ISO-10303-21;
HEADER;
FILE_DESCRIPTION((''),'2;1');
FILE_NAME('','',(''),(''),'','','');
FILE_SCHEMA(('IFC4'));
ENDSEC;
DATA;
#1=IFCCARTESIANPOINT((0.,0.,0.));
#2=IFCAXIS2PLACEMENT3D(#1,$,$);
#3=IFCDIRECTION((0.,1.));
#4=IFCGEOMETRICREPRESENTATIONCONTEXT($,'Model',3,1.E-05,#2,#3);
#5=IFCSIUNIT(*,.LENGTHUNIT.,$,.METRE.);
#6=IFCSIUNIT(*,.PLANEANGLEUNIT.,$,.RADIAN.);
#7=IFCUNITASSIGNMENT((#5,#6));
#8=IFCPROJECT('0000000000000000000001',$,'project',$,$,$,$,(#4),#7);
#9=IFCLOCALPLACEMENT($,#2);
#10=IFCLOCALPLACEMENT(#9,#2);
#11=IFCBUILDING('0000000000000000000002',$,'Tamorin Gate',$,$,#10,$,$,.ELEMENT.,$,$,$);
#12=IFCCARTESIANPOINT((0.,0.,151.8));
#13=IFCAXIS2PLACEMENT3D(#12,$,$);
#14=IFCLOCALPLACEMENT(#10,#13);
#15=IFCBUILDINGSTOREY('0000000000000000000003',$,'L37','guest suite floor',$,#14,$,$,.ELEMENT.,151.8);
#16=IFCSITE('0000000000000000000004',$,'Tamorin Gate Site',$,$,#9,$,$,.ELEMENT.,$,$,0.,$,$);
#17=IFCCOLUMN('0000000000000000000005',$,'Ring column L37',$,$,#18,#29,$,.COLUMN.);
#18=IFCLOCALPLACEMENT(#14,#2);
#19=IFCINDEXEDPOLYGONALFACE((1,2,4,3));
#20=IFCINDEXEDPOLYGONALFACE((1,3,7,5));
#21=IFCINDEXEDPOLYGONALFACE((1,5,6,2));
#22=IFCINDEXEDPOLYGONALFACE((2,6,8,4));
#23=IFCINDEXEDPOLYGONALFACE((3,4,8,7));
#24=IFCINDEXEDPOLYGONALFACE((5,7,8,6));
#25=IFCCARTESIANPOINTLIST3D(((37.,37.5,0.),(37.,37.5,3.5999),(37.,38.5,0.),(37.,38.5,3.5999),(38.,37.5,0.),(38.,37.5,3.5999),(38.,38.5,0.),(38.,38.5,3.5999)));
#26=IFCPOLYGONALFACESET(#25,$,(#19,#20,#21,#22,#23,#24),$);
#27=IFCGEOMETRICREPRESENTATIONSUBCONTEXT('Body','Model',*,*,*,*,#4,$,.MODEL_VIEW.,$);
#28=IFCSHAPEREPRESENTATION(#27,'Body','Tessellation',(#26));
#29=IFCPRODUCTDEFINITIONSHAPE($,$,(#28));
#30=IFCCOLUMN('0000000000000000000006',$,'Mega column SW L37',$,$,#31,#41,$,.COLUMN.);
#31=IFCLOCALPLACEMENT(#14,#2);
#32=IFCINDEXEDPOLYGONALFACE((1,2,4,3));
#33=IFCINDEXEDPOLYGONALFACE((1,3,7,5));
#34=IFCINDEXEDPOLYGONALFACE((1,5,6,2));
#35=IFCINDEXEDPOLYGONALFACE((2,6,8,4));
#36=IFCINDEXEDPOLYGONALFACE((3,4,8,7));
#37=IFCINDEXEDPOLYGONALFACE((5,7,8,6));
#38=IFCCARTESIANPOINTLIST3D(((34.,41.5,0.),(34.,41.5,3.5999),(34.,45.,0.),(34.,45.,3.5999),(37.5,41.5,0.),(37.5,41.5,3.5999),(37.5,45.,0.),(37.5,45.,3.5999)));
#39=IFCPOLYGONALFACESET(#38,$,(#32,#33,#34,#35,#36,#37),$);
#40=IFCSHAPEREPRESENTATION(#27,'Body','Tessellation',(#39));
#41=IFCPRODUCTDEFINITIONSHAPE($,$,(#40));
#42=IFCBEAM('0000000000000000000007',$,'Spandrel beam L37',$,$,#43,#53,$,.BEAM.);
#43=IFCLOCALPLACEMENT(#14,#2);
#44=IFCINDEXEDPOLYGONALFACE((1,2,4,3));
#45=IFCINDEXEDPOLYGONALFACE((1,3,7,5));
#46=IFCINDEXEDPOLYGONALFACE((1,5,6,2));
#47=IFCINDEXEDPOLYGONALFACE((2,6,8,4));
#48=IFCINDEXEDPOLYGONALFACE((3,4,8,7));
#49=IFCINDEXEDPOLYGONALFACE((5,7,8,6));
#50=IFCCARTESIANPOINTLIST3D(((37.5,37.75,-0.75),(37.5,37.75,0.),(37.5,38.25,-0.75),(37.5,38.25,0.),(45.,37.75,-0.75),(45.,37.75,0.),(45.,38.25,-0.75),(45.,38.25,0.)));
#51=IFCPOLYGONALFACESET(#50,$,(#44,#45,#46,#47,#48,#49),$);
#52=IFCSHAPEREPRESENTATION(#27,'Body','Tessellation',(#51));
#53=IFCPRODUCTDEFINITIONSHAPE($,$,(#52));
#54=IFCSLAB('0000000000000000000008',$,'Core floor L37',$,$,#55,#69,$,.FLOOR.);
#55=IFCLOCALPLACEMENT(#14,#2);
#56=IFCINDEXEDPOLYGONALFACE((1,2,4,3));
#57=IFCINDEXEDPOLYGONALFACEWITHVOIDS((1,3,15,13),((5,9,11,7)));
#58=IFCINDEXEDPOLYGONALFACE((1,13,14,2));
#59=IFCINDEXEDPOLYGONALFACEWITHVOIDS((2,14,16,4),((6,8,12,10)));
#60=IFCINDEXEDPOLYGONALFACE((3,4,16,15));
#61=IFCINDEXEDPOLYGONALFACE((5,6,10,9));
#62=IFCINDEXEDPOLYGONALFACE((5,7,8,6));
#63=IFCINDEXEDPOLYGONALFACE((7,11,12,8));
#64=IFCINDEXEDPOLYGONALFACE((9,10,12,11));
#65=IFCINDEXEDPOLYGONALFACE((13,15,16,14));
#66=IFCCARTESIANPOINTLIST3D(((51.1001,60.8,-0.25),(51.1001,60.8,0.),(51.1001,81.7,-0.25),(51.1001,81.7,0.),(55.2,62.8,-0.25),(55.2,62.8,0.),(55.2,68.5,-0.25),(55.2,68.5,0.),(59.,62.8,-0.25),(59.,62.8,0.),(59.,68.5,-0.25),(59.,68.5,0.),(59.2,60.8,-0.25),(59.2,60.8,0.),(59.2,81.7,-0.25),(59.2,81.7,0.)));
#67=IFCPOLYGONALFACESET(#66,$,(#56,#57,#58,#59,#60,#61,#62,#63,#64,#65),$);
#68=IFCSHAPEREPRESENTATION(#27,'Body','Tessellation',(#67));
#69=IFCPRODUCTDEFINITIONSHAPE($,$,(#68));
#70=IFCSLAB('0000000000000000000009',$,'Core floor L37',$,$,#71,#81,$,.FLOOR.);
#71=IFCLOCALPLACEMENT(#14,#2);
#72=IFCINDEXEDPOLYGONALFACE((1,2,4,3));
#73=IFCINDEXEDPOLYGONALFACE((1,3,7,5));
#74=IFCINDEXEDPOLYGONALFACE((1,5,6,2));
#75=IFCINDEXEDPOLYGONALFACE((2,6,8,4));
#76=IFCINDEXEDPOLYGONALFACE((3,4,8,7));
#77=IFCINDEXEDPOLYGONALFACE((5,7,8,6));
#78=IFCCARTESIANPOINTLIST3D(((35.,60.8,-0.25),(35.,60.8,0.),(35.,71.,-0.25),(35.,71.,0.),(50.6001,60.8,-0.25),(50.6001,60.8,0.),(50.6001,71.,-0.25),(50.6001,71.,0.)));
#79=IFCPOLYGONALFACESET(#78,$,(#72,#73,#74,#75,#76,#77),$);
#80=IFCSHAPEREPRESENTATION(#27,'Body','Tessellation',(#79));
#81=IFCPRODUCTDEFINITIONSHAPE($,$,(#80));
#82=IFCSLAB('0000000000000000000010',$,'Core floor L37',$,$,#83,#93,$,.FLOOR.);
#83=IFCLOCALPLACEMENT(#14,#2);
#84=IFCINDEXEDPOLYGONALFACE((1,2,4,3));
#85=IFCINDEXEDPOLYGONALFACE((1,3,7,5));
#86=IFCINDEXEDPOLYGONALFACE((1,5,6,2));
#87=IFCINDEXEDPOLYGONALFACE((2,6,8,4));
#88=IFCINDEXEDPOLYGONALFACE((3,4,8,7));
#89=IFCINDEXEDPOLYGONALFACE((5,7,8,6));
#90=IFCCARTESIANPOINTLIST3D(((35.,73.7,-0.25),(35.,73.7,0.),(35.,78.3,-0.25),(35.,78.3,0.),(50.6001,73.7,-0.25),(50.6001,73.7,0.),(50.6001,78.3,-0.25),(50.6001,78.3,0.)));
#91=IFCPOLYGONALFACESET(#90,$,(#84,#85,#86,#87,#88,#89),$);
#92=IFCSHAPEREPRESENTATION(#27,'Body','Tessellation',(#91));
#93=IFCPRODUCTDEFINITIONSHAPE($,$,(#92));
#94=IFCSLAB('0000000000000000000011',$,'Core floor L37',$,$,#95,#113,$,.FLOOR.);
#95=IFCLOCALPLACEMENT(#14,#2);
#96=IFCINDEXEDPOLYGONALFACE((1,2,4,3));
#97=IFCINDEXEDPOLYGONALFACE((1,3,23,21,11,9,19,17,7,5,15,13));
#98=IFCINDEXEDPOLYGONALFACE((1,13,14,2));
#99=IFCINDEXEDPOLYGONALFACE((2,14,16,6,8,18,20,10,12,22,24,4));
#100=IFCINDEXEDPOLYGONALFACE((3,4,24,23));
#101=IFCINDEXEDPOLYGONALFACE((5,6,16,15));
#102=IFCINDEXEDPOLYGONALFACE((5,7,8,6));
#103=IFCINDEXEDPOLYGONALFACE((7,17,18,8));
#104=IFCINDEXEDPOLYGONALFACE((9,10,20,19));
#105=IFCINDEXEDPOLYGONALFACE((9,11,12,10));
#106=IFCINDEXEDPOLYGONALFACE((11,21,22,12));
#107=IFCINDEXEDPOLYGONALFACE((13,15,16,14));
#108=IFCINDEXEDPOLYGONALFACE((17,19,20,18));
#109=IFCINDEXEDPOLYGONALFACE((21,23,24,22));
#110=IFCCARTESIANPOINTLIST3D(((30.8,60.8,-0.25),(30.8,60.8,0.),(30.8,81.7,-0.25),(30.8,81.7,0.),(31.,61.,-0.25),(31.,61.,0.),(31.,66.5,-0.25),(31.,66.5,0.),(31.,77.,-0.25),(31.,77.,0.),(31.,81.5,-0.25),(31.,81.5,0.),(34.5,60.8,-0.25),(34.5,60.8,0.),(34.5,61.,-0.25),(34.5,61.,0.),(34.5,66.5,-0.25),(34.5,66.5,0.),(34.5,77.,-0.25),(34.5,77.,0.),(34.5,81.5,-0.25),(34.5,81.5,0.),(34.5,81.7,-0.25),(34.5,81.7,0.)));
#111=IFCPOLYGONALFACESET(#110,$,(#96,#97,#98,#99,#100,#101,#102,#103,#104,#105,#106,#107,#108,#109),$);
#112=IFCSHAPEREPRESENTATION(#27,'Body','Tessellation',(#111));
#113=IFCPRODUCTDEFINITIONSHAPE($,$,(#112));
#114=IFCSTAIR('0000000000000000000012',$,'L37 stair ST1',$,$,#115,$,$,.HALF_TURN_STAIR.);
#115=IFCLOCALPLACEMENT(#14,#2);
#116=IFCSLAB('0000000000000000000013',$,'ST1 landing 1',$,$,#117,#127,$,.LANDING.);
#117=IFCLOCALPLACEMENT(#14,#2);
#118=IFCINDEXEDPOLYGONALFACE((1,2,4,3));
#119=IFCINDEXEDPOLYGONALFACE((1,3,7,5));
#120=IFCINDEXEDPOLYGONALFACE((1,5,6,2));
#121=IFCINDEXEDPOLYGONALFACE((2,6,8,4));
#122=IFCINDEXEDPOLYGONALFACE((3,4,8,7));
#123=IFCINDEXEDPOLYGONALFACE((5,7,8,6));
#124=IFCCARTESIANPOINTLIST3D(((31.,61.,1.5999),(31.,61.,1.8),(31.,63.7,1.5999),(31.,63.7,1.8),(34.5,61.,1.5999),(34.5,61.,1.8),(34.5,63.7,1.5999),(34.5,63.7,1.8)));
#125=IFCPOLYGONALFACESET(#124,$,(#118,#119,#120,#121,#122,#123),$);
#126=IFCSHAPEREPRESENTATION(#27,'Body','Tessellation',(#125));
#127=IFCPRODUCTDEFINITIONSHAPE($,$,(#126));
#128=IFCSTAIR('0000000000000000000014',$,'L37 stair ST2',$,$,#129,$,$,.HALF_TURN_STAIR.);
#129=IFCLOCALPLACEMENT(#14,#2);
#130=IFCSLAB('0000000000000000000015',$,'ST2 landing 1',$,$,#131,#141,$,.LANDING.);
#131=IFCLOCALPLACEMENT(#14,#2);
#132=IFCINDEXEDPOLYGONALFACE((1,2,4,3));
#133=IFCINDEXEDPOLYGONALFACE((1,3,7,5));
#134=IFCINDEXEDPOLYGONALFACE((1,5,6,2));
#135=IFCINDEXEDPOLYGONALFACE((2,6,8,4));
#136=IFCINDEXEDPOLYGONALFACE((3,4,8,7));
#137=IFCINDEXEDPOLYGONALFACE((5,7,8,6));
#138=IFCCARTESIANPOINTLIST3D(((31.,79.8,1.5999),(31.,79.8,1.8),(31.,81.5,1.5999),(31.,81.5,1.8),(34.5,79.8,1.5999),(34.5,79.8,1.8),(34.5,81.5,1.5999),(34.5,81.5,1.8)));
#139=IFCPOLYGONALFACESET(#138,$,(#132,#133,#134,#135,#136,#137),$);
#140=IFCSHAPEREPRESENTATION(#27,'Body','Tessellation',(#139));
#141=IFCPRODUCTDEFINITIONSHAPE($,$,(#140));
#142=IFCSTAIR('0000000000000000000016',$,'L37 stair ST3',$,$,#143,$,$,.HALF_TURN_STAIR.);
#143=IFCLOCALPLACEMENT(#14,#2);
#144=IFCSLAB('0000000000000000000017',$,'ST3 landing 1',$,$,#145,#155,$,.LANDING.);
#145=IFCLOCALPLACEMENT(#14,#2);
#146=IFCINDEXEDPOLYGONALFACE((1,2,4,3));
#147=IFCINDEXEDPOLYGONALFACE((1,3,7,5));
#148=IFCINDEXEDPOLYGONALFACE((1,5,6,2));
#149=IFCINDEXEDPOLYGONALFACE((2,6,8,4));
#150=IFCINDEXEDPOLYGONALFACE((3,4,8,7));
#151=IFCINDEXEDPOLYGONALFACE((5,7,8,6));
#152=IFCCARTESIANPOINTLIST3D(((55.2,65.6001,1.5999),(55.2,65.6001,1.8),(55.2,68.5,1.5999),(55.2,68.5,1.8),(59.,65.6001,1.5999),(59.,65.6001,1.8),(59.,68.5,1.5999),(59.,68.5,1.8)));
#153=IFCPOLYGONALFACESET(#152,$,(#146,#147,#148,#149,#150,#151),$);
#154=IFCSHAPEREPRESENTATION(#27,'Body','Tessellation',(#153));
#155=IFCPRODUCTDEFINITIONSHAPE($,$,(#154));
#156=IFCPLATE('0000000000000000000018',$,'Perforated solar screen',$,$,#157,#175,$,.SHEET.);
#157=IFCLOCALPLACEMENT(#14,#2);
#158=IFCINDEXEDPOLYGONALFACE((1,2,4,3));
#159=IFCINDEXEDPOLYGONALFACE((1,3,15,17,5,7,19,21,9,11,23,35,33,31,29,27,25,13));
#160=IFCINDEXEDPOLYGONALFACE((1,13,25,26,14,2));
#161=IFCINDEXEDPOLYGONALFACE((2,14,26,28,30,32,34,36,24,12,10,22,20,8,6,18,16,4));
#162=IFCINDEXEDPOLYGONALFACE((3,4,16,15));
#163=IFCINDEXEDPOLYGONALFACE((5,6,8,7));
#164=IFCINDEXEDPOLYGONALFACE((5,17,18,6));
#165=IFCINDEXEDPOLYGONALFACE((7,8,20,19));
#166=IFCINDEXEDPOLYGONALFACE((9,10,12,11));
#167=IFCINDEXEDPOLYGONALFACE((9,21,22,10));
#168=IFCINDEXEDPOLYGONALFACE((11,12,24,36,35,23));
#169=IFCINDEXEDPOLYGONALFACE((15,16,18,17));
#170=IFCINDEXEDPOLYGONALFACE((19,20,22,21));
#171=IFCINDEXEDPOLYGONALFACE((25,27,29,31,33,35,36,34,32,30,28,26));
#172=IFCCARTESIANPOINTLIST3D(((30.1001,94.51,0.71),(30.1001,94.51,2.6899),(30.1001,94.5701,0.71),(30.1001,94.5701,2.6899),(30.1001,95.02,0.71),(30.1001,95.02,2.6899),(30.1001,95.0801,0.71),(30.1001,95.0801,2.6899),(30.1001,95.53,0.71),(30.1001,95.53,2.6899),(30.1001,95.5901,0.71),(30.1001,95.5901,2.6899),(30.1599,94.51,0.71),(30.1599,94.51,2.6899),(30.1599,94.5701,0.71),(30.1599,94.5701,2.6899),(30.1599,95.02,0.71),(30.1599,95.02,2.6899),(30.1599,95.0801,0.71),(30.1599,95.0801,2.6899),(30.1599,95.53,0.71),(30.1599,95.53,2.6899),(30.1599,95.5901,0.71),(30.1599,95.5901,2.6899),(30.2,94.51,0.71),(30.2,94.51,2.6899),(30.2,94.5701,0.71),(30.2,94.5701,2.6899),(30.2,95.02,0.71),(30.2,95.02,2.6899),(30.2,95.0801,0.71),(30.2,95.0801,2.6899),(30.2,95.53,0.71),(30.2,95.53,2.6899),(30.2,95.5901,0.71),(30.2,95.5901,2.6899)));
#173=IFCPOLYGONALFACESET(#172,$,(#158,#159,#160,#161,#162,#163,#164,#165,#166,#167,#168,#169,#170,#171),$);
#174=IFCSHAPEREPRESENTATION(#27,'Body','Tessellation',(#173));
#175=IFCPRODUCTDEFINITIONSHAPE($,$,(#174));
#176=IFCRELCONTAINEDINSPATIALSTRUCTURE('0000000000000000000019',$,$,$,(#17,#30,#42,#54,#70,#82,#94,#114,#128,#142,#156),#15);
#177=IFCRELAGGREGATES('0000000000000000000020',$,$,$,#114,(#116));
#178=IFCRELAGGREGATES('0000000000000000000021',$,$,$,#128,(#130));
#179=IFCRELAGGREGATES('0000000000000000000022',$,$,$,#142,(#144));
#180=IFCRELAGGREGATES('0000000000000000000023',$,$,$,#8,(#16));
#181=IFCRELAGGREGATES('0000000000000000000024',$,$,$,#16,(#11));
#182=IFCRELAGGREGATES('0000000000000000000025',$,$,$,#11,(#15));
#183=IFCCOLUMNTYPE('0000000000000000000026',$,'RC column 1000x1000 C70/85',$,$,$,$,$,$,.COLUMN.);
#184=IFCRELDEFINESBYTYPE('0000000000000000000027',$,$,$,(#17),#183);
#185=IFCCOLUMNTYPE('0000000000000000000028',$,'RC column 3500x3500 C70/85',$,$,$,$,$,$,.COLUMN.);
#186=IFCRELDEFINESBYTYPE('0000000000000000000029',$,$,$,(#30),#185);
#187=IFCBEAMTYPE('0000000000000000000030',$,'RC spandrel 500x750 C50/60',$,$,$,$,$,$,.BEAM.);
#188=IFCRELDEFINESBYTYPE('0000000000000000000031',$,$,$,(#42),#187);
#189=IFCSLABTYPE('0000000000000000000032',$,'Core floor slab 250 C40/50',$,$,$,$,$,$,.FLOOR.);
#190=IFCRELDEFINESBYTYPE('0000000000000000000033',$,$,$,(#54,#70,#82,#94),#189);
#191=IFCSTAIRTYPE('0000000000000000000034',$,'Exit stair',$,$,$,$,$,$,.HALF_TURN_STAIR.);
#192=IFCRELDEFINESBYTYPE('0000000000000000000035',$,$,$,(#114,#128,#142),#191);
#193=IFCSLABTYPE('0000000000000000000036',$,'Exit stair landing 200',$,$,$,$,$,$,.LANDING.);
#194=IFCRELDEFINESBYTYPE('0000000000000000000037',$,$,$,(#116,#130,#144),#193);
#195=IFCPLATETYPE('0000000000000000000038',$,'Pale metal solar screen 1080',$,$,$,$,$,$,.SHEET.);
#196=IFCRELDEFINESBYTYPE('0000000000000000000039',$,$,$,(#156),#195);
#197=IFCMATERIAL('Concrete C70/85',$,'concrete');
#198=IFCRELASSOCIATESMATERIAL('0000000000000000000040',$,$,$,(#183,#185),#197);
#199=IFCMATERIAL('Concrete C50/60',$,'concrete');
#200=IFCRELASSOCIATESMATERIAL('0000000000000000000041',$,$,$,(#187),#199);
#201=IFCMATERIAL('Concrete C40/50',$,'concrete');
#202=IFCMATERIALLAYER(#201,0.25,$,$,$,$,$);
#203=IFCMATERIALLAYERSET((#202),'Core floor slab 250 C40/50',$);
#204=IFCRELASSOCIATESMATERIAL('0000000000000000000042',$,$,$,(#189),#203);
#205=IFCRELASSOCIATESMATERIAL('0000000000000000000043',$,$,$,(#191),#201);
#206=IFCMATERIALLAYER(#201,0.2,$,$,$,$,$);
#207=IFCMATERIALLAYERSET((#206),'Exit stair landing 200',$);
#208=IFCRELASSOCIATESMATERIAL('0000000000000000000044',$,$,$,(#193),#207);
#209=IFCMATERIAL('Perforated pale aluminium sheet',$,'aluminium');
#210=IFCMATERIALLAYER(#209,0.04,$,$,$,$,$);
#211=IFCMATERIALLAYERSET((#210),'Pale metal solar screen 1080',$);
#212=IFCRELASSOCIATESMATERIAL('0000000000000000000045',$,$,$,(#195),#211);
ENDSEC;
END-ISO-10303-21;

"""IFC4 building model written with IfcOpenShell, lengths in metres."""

from ifc_helpers import new_model, si_unit, direction, frame, origin, origin_2d, place, context, subcontext, project, spatial, polyline, rectangle, outline, extrude, material, layer, layer_set, material_profile, profile_set, type_object, element, aggregate, save


model = new_model("IFC4")

# Units and contexts
model_context = context("Model", 3, precision=1e-05, world=origin(), true_north=direction((0.0, 1.0)))
body_context = subcontext(model_context, "Body", "Model", "MODEL_VIEW")
ifc_project = project(units=[si_unit("LENGTHUNIT", "METRE"), si_unit("PLANEANGLEUNIT", "RADIAN")], contexts=[model_context])

# Site, building, storey
site_placement = place(None, origin())
site = spatial("IfcSite", under=ifc_project, at=site_placement, Name="Tamorin Gate Site", CompositionType="ELEMENT", RefElevation=0.0)
building_placement = place(site_placement, origin())
building = spatial("IfcBuilding", under=site, at=building_placement, Name="Tamorin Gate", CompositionType="ELEMENT")
storey_placement = place(building_placement, frame((0.0, 0.0, 151.8)))
storey = spatial("IfcBuildingStorey", under=building, at=storey_placement, Name="L37", Description="guest suite floor", CompositionType="ELEMENT", Elevation=151.8)

# Columns
ifc_material_1 = material(Name="Concrete C70/85", Category="concrete")
ifc_material_profile_1 = material_profile(ifc_material_1, rectangle(XDim=1.0, YDim=1.0, at=origin_2d()), Name="RC 1000x1000")
ifc_profile_set_1 = profile_set([ifc_material_profile_1], Name="Concrete C70/85")
column_type_1 = type_object("IfcColumnType", Name="RC column 1000x1000 C70/85", PredefinedType="COLUMN", material=ifc_profile_set_1)
column_1_placement = place(storey_placement, frame((37.5, 38.0, 0.0), z_axis=(0.0, 0.0, 1.0), x_axis=(1.0, 0.0, 0.0)))
element("IfcColumn", 1, at=column_1_placement, inside=storey, type_object=column_type_1, Name="Ring column L37", PredefinedType="COLUMN", context=body_context, shape_type="SweptSolid", body=[
    extrude(rectangle(XDim=1.0, YDim=1.0, at=origin_2d()), origin(), (0.0, 0.0, 1.0), 3.5999),
])
ifc_material_profile_2 = material_profile(ifc_material_1, rectangle(XDim=3.5, YDim=3.5, at=origin_2d()), Name="RC 3500x3500")
ifc_profile_set_2 = profile_set([ifc_material_profile_2], Name="Concrete C70/85")
column_type_2 = type_object("IfcColumnType", Name="RC column 3500x3500 C70/85", PredefinedType="COLUMN", material=ifc_profile_set_2)
column_2_placement = place(storey_placement, frame((35.75, 43.25, 0.0), z_axis=(0.0, 0.0, 1.0), x_axis=(1.0, 0.0, 0.0)))
element("IfcColumn", 2, at=column_2_placement, inside=storey, type_object=column_type_2, Name="Mega column SW L37", PredefinedType="COLUMN", context=body_context, shape_type="SweptSolid", body=[
    extrude(rectangle(XDim=3.5, YDim=3.5, at=origin_2d()), origin(), (0.0, 0.0, 1.0), 3.5999),
])

# Beam
ifc_material_2 = material(Name="Concrete C50/60", Category="concrete")
ifc_material_profile_3 = material_profile(ifc_material_2, rectangle(XDim=0.5, YDim=0.75, at=origin_2d()), Name="RC 500x750")
ifc_profile_set_3 = profile_set([ifc_material_profile_3], Name="Concrete C50/60")
beam_type = type_object("IfcBeamType", Name="RC spandrel 500x750 C50/60", PredefinedType="BEAM", material=ifc_profile_set_3)
beam_placement = place(storey_placement, frame((37.5, 38.0, -0.375), z_axis=(1.0, 0.0, 0.0), x_axis=(0.0, 1.0, 0.0)))
element("IfcBeam", 3, at=beam_placement, inside=storey, type_object=beam_type, Name="Spandrel beam L37", PredefinedType="BEAM", context=body_context, shape_type="SweptSolid", body=[
    extrude(rectangle(XDim=0.5, YDim=0.75, at=origin_2d()), origin(), (0.0, 0.0, 1.0), 7.5),
])

# Slabs
ifc_material_3 = material(Name="Concrete C40/50", Category="concrete")
ifc_layer_1 = layer(ifc_material_3, 0.25)
ifc_layer_set_1 = layer_set([ifc_layer_1], Name="Core floor slab 250 C40/50")
slab_type_1 = type_object("IfcSlabType", Name="Core floor slab 250 C40/50", PredefinedType="FLOOR", material=ifc_layer_set_1)
slab_1_placement = place(storey_placement, frame((0.0, 0.0, -0.25)))
element("IfcSlab", 4, at=slab_1_placement, inside=storey, type_object=slab_type_1, Name="Core floor L37", PredefinedType="FLOOR", context=body_context, shape_type="SweptSolid", body=[
    extrude(outline(polyline([(51.1001, 81.7), (59.2, 81.7), (59.2, 60.8), (51.1001, 60.8), (51.1001, 81.7)]), holes=[polyline([(55.2, 62.8), (59.0, 62.8), (59.0, 68.5), (55.2, 68.5), (55.2, 62.8)])]), origin(), (0.0, 0.0, 1.0), 0.25),
])
slab_2_placement = place(storey_placement, frame((0.0, 0.0, -0.25)))
element("IfcSlab", 5, at=slab_2_placement, inside=storey, type_object=slab_type_1, Name="Core floor L37", PredefinedType="FLOOR", context=body_context, shape_type="SweptSolid", body=[
    extrude(outline(polyline([(50.6001, 71.0), (50.6001, 60.8), (35.0, 60.8), (35.0, 71.0), (50.6001, 71.0)])), origin(), (0.0, 0.0, 1.0), 0.25),
])
slab_3_placement = place(storey_placement, frame((0.0, 0.0, -0.25)))
element("IfcSlab", 6, at=slab_3_placement, inside=storey, type_object=slab_type_1, Name="Core floor L37", PredefinedType="FLOOR", context=body_context, shape_type="SweptSolid", body=[
    extrude(outline(polyline([(50.6001, 73.7), (35.0, 73.7), (35.0, 78.3), (50.6001, 78.3), (50.6001, 73.7)])), origin(), (0.0, 0.0, 1.0), 0.25),
])
slab_4_placement = place(storey_placement, frame((0.0, 0.0, -0.25)))
element("IfcSlab", 7, at=slab_4_placement, inside=storey, type_object=slab_type_1, Name="Core floor L37", PredefinedType="FLOOR", context=body_context, shape_type="SweptSolid", body=[
    extrude(outline(polyline([(34.5, 60.8), (30.8, 60.8), (30.8, 81.7), (34.5, 81.7), (34.5, 81.5), (31.0, 81.5), (31.0, 77.0), (34.5, 77.0), (34.5, 66.5), (31.0, 66.5), (31.0, 61.0), (34.5, 61.0), (34.5, 60.8)])), origin(), (0.0, 0.0, 1.0), 0.25),
])

# Stairs, slabs
stair_type = type_object("IfcStairType", Name="Exit stair", PredefinedType="HALF_TURN_STAIR", material=ifc_material_3)
stair_1_placement = place(storey_placement, origin())
stair_1 = element("IfcStair", 8, at=stair_1_placement, inside=storey, type_object=stair_type, Name="L37 stair ST1", PredefinedType="HALF_TURN_STAIR")
ifc_layer_2 = layer(ifc_material_3, 0.2)
ifc_layer_set_2 = layer_set([ifc_layer_2], Name="Exit stair landing 200")
slab_type_2 = type_object("IfcSlabType", Name="Exit stair landing 200", PredefinedType="LANDING", material=ifc_layer_set_2)
slab_5_placement = place(storey_placement, frame((0.0, 0.0, 1.5999)))
slab_5 = element("IfcSlab", 9, at=slab_5_placement, type_object=slab_type_2, Name="ST1 landing 1", PredefinedType="LANDING", context=body_context, shape_type="SweptSolid", body=[
    extrude(outline(polyline([(31.0, 63.7), (31.0, 61.0), (34.5, 61.0), (34.5, 63.7), (31.0, 63.7)])), origin(), (0.0, 0.0, 1.0), 0.2002),
])
aggregate(stair_1, [slab_5])
stair_2_placement = place(storey_placement, origin())
stair_2 = element("IfcStair", 10, at=stair_2_placement, inside=storey, type_object=stair_type, Name="L37 stair ST2", PredefinedType="HALF_TURN_STAIR")
slab_6_placement = place(storey_placement, frame((0.0, 0.0, 1.5999)))
slab_6 = element("IfcSlab", 11, at=slab_6_placement, type_object=slab_type_2, Name="ST2 landing 1", PredefinedType="LANDING", context=body_context, shape_type="SweptSolid", body=[
    extrude(outline(polyline([(34.5, 79.8), (34.5, 81.5), (31.0, 81.5), (31.0, 79.8), (34.5, 79.8)])), origin(), (0.0, 0.0, 1.0), 0.2002),
])
aggregate(stair_2, [slab_6])
stair_3_placement = place(storey_placement, origin())
stair_3 = element("IfcStair", 12, at=stair_3_placement, inside=storey, type_object=stair_type, Name="L37 stair ST3", PredefinedType="HALF_TURN_STAIR")
slab_7_placement = place(storey_placement, frame((0.0, 0.0, 1.5999)))
slab_7 = element("IfcSlab", 13, at=slab_7_placement, type_object=slab_type_2, Name="ST3 landing 1", PredefinedType="LANDING", context=body_context, shape_type="SweptSolid", body=[
    extrude(outline(polyline([(59.0, 65.6001), (59.0, 68.5), (55.2, 68.5), (55.2, 65.6001), (59.0, 65.6001)])), origin(), (0.0, 0.0, 1.0), 0.2002),
])
aggregate(stair_3, [slab_7])

# Plate
ifc_material_4 = material(Name="Perforated pale aluminium sheet", Category="aluminium")
ifc_layer_3 = layer(ifc_material_4, 0.04)
ifc_layer_set_3 = layer_set([ifc_layer_3], Name="Pale metal solar screen 1080")
plate_type_1 = type_object("IfcPlateType", Name="Pale metal solar screen 1080", PredefinedType="SHEET", material=ifc_layer_set_3)
plate_1_placement = place(storey_placement, frame((0.0, 0.0, 0.71)))
element("IfcPlate", 14, at=plate_1_placement, inside=storey, type_object=plate_type_1, Name="Perforated solar screen", PredefinedType="SHEET", context=body_context, shape_type="SweptSolid", body=[
    extrude(outline(polyline([(30.1599, 95.5901), (30.2, 95.5901), (30.2, 95.53), (30.2, 95.0801), (30.2, 95.02), (30.2, 94.5701), (30.2, 94.51), (30.1599, 94.51), (30.1001, 94.51), (30.1001, 94.5701), (30.1599, 94.5701), (30.1599, 95.02), (30.1001, 95.02), (30.1001, 95.0801), (30.1599, 95.0801), (30.1599, 95.53), (30.1001, 95.53), (30.1001, 95.5901), (30.1599, 95.5901)])), origin(), (0.0, 0.0, 1.0), 1.98),
])

save(model, "model.ifc")
